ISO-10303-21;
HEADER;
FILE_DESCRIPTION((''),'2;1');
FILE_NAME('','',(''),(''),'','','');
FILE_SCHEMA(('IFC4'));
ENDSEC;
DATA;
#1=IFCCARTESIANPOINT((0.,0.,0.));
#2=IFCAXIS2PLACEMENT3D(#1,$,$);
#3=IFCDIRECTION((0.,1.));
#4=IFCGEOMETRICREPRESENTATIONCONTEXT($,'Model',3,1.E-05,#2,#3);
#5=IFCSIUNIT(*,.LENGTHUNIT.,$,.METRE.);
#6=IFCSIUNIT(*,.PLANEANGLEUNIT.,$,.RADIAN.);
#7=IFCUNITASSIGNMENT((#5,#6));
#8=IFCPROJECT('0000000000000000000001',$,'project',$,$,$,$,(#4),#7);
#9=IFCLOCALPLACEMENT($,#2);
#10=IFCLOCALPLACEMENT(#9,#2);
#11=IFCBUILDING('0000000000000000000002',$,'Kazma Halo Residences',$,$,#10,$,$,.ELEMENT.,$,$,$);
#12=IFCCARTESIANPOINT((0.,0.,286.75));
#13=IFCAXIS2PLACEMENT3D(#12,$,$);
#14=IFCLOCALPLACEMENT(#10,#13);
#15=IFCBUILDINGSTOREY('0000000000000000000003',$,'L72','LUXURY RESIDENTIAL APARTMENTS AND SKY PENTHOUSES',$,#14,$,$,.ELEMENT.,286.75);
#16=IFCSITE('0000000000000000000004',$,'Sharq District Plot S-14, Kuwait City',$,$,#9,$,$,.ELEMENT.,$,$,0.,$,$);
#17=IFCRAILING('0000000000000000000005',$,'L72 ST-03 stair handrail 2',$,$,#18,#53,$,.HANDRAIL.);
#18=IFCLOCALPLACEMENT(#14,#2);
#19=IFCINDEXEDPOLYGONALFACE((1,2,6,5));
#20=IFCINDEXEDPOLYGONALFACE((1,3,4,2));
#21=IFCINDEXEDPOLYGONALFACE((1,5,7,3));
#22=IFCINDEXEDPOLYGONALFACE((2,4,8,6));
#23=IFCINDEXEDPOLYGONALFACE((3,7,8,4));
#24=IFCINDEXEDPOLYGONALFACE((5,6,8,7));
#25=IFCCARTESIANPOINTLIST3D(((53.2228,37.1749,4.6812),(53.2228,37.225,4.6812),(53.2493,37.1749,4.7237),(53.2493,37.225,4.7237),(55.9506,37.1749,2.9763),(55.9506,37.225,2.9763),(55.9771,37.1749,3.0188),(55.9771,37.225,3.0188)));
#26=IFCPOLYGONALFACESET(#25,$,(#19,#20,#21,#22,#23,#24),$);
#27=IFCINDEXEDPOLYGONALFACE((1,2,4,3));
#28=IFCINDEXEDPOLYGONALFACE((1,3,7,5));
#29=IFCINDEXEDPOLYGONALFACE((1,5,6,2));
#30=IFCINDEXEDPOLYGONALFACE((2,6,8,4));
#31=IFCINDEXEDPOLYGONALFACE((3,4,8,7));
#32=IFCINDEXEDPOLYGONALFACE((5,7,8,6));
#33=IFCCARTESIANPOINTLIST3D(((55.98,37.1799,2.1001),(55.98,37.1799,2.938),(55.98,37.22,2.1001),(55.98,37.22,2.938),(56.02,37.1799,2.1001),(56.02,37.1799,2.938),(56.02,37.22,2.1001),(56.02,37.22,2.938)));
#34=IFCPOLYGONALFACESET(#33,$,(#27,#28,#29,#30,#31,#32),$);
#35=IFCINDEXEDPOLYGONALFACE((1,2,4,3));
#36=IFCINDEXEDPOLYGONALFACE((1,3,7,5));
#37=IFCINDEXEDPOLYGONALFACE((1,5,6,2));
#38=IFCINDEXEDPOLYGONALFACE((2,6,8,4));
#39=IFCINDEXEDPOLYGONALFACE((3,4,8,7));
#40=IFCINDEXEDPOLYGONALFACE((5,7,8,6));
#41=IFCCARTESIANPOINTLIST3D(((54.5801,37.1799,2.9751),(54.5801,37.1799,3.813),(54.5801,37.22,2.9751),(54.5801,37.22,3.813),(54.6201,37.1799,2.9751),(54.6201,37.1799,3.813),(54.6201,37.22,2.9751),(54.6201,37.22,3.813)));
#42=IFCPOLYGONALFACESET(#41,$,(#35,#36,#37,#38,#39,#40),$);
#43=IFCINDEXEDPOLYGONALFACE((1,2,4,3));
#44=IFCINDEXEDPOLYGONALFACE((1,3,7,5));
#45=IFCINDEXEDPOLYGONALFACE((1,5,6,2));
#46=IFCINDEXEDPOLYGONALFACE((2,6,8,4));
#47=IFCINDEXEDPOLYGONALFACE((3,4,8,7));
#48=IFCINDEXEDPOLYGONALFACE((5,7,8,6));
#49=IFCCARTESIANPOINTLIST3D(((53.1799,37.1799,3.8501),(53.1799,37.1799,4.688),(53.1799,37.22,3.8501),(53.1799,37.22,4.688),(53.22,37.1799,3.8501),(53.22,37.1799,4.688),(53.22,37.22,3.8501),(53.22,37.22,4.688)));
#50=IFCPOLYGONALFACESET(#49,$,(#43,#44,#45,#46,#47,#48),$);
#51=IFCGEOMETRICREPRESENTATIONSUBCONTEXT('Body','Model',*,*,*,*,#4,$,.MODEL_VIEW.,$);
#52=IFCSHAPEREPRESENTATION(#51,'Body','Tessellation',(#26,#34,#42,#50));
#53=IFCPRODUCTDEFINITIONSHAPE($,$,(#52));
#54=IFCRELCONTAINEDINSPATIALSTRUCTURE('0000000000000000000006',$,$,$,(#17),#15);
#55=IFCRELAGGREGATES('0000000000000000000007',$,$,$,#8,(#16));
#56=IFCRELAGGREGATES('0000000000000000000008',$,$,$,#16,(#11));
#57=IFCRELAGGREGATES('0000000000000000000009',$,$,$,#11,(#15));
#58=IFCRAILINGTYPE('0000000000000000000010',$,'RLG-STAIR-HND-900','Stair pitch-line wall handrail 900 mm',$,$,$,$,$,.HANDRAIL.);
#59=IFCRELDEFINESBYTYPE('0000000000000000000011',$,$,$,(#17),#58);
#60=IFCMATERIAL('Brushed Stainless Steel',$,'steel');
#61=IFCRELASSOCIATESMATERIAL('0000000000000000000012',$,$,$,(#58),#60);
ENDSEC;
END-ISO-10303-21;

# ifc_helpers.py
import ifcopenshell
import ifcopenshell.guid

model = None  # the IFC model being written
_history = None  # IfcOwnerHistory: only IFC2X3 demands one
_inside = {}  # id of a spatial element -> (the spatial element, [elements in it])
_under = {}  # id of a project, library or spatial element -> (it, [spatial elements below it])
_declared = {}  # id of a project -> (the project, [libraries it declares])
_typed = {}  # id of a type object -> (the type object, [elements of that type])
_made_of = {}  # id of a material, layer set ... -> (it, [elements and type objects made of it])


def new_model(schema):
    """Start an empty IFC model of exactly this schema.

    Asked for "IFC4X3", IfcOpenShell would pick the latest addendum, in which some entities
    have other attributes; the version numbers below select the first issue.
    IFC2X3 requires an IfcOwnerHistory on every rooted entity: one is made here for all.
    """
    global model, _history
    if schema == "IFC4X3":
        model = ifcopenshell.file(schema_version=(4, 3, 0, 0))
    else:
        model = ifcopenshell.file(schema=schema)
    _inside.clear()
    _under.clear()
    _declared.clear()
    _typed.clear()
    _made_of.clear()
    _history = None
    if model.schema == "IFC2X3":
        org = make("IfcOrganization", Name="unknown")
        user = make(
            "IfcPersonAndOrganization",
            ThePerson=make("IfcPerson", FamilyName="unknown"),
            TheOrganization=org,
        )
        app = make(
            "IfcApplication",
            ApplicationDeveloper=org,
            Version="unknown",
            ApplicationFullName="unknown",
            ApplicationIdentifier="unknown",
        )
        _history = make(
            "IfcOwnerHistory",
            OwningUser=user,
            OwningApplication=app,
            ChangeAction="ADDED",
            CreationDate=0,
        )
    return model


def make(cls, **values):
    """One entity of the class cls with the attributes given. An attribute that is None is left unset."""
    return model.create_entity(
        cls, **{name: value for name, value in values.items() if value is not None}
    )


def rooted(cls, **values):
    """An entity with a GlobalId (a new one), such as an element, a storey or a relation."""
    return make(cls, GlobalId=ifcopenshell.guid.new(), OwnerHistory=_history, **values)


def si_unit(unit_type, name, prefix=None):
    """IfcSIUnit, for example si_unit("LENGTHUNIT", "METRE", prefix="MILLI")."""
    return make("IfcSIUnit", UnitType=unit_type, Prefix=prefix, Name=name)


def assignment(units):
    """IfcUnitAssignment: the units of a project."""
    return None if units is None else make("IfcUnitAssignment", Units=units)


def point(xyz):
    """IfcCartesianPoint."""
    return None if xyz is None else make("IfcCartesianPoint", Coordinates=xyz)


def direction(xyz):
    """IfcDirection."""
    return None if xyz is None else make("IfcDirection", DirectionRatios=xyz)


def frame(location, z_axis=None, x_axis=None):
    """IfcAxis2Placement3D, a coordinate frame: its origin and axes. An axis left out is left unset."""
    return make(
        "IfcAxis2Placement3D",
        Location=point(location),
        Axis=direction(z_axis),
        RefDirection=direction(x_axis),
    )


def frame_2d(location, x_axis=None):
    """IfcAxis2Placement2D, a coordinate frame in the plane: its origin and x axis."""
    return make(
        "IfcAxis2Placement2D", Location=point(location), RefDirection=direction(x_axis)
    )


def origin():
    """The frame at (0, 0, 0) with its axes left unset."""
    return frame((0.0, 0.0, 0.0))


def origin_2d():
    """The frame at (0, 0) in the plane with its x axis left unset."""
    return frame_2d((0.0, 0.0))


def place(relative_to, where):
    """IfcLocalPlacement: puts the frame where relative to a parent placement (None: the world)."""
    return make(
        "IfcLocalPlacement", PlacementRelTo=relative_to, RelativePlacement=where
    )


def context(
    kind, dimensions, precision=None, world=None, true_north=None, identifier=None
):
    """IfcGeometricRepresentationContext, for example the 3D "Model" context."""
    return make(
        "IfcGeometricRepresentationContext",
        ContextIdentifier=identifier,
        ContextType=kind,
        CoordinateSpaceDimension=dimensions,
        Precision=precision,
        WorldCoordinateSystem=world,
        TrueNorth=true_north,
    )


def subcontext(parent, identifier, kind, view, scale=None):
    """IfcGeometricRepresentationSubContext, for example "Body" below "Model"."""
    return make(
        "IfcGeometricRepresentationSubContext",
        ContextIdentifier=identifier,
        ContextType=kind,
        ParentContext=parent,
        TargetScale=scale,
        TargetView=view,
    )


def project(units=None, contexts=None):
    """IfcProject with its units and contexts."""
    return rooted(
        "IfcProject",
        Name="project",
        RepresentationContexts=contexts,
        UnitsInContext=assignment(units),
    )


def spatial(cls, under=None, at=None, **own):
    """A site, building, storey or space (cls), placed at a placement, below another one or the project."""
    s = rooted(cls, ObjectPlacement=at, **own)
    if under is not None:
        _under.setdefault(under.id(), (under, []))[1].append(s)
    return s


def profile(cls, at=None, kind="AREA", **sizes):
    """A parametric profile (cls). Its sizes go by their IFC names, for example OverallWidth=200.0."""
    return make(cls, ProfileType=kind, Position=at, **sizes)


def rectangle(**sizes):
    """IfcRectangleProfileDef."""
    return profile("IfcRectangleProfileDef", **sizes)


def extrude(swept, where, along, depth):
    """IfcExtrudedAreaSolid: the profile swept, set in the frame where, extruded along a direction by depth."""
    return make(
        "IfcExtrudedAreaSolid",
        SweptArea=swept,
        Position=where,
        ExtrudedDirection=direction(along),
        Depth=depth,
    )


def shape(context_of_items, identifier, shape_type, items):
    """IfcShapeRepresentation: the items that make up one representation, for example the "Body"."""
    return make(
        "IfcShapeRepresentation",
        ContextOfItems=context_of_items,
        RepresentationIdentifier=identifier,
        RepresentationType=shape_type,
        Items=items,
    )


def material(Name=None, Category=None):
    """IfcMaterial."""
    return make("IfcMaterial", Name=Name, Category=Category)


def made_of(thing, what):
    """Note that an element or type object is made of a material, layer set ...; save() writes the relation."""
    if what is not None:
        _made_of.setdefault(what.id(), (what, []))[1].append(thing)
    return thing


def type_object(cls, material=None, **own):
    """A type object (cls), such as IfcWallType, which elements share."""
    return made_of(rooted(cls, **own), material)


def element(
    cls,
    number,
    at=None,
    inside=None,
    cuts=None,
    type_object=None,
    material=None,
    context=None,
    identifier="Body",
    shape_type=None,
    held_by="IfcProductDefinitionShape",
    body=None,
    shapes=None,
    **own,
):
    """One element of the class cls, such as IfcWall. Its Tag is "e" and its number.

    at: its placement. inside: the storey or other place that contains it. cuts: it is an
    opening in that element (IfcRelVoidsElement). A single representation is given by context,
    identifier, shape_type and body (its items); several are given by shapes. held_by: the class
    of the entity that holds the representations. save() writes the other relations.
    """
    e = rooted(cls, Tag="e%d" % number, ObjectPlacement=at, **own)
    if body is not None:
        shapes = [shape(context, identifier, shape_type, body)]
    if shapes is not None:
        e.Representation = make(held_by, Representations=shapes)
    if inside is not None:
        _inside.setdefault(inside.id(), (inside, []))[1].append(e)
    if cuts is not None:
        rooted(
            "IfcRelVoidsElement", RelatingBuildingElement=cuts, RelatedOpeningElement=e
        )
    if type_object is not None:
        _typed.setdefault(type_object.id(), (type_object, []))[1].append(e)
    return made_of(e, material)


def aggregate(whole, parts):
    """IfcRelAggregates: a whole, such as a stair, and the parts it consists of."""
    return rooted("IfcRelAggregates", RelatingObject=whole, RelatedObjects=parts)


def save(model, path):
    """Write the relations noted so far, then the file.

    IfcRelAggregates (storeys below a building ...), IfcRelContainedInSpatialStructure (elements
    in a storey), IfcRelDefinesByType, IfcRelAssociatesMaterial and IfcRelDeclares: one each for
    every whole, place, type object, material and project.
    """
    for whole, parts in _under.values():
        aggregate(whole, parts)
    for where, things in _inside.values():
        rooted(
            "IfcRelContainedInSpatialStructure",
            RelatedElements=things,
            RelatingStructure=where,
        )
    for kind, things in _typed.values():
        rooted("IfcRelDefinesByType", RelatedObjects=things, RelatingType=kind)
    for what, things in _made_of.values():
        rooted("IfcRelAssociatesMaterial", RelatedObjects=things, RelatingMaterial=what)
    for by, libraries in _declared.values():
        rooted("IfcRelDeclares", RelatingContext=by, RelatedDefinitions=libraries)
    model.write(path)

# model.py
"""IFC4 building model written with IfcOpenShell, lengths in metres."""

from ifc_helpers import new_model, si_unit, direction, frame, origin, origin_2d, place, context, subcontext, project, spatial, rectangle, extrude, material, type_object, element, save


model = new_model("IFC4")

# Units and contexts
model_context = context("Model", 3, precision=1e-05, world=origin(), true_north=direction((0.0, 1.0)))
body_context = subcontext(model_context, "Body", "Model", "MODEL_VIEW")
ifc_project = project(units=[si_unit("LENGTHUNIT", "METRE"), si_unit("PLANEANGLEUNIT", "RADIAN")], contexts=[model_context])

# Site, building, storey
site_placement = place(None, origin())
site = spatial("IfcSite", under=ifc_project, at=site_placement, Name="Sharq District Plot S-14, Kuwait City", CompositionType="ELEMENT", RefElevation=0.0)
building_placement = place(site_placement, origin())
building = spatial("IfcBuilding", under=site, at=building_placement, Name="Kazma Halo Residences", CompositionType="ELEMENT")
storey_placement = place(building_placement, frame((0.0, 0.0, 286.75)))
storey = spatial("IfcBuildingStorey", under=building, at=storey_placement, Name="L72", Description="LUXURY RESIDENTIAL APARTMENTS AND SKY PENTHOUSES", CompositionType="ELEMENT", Elevation=286.75)

# Railing
ifc_material_1 = material(Name="Brushed Stainless Steel", Category="steel")
railing_type_1 = type_object("IfcRailingType", Name="RLG-STAIR-HND-900", Description="Stair pitch-line wall handrail 900 mm", PredefinedType="HANDRAIL", material=ifc_material_1)
railing_1_placement = place(storey_placement, frame((56.0, 37.2, 2.1001)))
element("IfcRailing", 1, at=railing_1_placement, inside=storey, type_object=railing_type_1, Name="L72 ST-03 stair handrail 2", PredefinedType="HANDRAIL", context=body_context, shape_type="SweptSolid", body=[
    extrude(rectangle(XDim=0.05, YDim=0.05, at=origin_2d()), frame((-0.0361, 0.0, 0.8975), z_axis=(-0.848002, 0.0, 0.529992), x_axis=(0.0, -1.0, 0.0)), (0.0, 0.0, 1.0), 3.2168),
    extrude(rectangle(XDim=0.04, YDim=0.04, at=origin_2d()), origin(), (0.0, 0.0, 1.0), 0.8379),
    extrude(rectangle(XDim=0.04, YDim=0.04, at=origin_2d()), frame((-1.3999, 0.0, 0.875)), (0.0, 0.0, 1.0), 0.8379),
    extrude(rectangle(XDim=0.04, YDim=0.04, at=origin_2d()), frame((-2.8, 0.0, 1.75)), (0.0, 0.0, 1.0), 0.8379),
])

save(model, "model.ifc")
